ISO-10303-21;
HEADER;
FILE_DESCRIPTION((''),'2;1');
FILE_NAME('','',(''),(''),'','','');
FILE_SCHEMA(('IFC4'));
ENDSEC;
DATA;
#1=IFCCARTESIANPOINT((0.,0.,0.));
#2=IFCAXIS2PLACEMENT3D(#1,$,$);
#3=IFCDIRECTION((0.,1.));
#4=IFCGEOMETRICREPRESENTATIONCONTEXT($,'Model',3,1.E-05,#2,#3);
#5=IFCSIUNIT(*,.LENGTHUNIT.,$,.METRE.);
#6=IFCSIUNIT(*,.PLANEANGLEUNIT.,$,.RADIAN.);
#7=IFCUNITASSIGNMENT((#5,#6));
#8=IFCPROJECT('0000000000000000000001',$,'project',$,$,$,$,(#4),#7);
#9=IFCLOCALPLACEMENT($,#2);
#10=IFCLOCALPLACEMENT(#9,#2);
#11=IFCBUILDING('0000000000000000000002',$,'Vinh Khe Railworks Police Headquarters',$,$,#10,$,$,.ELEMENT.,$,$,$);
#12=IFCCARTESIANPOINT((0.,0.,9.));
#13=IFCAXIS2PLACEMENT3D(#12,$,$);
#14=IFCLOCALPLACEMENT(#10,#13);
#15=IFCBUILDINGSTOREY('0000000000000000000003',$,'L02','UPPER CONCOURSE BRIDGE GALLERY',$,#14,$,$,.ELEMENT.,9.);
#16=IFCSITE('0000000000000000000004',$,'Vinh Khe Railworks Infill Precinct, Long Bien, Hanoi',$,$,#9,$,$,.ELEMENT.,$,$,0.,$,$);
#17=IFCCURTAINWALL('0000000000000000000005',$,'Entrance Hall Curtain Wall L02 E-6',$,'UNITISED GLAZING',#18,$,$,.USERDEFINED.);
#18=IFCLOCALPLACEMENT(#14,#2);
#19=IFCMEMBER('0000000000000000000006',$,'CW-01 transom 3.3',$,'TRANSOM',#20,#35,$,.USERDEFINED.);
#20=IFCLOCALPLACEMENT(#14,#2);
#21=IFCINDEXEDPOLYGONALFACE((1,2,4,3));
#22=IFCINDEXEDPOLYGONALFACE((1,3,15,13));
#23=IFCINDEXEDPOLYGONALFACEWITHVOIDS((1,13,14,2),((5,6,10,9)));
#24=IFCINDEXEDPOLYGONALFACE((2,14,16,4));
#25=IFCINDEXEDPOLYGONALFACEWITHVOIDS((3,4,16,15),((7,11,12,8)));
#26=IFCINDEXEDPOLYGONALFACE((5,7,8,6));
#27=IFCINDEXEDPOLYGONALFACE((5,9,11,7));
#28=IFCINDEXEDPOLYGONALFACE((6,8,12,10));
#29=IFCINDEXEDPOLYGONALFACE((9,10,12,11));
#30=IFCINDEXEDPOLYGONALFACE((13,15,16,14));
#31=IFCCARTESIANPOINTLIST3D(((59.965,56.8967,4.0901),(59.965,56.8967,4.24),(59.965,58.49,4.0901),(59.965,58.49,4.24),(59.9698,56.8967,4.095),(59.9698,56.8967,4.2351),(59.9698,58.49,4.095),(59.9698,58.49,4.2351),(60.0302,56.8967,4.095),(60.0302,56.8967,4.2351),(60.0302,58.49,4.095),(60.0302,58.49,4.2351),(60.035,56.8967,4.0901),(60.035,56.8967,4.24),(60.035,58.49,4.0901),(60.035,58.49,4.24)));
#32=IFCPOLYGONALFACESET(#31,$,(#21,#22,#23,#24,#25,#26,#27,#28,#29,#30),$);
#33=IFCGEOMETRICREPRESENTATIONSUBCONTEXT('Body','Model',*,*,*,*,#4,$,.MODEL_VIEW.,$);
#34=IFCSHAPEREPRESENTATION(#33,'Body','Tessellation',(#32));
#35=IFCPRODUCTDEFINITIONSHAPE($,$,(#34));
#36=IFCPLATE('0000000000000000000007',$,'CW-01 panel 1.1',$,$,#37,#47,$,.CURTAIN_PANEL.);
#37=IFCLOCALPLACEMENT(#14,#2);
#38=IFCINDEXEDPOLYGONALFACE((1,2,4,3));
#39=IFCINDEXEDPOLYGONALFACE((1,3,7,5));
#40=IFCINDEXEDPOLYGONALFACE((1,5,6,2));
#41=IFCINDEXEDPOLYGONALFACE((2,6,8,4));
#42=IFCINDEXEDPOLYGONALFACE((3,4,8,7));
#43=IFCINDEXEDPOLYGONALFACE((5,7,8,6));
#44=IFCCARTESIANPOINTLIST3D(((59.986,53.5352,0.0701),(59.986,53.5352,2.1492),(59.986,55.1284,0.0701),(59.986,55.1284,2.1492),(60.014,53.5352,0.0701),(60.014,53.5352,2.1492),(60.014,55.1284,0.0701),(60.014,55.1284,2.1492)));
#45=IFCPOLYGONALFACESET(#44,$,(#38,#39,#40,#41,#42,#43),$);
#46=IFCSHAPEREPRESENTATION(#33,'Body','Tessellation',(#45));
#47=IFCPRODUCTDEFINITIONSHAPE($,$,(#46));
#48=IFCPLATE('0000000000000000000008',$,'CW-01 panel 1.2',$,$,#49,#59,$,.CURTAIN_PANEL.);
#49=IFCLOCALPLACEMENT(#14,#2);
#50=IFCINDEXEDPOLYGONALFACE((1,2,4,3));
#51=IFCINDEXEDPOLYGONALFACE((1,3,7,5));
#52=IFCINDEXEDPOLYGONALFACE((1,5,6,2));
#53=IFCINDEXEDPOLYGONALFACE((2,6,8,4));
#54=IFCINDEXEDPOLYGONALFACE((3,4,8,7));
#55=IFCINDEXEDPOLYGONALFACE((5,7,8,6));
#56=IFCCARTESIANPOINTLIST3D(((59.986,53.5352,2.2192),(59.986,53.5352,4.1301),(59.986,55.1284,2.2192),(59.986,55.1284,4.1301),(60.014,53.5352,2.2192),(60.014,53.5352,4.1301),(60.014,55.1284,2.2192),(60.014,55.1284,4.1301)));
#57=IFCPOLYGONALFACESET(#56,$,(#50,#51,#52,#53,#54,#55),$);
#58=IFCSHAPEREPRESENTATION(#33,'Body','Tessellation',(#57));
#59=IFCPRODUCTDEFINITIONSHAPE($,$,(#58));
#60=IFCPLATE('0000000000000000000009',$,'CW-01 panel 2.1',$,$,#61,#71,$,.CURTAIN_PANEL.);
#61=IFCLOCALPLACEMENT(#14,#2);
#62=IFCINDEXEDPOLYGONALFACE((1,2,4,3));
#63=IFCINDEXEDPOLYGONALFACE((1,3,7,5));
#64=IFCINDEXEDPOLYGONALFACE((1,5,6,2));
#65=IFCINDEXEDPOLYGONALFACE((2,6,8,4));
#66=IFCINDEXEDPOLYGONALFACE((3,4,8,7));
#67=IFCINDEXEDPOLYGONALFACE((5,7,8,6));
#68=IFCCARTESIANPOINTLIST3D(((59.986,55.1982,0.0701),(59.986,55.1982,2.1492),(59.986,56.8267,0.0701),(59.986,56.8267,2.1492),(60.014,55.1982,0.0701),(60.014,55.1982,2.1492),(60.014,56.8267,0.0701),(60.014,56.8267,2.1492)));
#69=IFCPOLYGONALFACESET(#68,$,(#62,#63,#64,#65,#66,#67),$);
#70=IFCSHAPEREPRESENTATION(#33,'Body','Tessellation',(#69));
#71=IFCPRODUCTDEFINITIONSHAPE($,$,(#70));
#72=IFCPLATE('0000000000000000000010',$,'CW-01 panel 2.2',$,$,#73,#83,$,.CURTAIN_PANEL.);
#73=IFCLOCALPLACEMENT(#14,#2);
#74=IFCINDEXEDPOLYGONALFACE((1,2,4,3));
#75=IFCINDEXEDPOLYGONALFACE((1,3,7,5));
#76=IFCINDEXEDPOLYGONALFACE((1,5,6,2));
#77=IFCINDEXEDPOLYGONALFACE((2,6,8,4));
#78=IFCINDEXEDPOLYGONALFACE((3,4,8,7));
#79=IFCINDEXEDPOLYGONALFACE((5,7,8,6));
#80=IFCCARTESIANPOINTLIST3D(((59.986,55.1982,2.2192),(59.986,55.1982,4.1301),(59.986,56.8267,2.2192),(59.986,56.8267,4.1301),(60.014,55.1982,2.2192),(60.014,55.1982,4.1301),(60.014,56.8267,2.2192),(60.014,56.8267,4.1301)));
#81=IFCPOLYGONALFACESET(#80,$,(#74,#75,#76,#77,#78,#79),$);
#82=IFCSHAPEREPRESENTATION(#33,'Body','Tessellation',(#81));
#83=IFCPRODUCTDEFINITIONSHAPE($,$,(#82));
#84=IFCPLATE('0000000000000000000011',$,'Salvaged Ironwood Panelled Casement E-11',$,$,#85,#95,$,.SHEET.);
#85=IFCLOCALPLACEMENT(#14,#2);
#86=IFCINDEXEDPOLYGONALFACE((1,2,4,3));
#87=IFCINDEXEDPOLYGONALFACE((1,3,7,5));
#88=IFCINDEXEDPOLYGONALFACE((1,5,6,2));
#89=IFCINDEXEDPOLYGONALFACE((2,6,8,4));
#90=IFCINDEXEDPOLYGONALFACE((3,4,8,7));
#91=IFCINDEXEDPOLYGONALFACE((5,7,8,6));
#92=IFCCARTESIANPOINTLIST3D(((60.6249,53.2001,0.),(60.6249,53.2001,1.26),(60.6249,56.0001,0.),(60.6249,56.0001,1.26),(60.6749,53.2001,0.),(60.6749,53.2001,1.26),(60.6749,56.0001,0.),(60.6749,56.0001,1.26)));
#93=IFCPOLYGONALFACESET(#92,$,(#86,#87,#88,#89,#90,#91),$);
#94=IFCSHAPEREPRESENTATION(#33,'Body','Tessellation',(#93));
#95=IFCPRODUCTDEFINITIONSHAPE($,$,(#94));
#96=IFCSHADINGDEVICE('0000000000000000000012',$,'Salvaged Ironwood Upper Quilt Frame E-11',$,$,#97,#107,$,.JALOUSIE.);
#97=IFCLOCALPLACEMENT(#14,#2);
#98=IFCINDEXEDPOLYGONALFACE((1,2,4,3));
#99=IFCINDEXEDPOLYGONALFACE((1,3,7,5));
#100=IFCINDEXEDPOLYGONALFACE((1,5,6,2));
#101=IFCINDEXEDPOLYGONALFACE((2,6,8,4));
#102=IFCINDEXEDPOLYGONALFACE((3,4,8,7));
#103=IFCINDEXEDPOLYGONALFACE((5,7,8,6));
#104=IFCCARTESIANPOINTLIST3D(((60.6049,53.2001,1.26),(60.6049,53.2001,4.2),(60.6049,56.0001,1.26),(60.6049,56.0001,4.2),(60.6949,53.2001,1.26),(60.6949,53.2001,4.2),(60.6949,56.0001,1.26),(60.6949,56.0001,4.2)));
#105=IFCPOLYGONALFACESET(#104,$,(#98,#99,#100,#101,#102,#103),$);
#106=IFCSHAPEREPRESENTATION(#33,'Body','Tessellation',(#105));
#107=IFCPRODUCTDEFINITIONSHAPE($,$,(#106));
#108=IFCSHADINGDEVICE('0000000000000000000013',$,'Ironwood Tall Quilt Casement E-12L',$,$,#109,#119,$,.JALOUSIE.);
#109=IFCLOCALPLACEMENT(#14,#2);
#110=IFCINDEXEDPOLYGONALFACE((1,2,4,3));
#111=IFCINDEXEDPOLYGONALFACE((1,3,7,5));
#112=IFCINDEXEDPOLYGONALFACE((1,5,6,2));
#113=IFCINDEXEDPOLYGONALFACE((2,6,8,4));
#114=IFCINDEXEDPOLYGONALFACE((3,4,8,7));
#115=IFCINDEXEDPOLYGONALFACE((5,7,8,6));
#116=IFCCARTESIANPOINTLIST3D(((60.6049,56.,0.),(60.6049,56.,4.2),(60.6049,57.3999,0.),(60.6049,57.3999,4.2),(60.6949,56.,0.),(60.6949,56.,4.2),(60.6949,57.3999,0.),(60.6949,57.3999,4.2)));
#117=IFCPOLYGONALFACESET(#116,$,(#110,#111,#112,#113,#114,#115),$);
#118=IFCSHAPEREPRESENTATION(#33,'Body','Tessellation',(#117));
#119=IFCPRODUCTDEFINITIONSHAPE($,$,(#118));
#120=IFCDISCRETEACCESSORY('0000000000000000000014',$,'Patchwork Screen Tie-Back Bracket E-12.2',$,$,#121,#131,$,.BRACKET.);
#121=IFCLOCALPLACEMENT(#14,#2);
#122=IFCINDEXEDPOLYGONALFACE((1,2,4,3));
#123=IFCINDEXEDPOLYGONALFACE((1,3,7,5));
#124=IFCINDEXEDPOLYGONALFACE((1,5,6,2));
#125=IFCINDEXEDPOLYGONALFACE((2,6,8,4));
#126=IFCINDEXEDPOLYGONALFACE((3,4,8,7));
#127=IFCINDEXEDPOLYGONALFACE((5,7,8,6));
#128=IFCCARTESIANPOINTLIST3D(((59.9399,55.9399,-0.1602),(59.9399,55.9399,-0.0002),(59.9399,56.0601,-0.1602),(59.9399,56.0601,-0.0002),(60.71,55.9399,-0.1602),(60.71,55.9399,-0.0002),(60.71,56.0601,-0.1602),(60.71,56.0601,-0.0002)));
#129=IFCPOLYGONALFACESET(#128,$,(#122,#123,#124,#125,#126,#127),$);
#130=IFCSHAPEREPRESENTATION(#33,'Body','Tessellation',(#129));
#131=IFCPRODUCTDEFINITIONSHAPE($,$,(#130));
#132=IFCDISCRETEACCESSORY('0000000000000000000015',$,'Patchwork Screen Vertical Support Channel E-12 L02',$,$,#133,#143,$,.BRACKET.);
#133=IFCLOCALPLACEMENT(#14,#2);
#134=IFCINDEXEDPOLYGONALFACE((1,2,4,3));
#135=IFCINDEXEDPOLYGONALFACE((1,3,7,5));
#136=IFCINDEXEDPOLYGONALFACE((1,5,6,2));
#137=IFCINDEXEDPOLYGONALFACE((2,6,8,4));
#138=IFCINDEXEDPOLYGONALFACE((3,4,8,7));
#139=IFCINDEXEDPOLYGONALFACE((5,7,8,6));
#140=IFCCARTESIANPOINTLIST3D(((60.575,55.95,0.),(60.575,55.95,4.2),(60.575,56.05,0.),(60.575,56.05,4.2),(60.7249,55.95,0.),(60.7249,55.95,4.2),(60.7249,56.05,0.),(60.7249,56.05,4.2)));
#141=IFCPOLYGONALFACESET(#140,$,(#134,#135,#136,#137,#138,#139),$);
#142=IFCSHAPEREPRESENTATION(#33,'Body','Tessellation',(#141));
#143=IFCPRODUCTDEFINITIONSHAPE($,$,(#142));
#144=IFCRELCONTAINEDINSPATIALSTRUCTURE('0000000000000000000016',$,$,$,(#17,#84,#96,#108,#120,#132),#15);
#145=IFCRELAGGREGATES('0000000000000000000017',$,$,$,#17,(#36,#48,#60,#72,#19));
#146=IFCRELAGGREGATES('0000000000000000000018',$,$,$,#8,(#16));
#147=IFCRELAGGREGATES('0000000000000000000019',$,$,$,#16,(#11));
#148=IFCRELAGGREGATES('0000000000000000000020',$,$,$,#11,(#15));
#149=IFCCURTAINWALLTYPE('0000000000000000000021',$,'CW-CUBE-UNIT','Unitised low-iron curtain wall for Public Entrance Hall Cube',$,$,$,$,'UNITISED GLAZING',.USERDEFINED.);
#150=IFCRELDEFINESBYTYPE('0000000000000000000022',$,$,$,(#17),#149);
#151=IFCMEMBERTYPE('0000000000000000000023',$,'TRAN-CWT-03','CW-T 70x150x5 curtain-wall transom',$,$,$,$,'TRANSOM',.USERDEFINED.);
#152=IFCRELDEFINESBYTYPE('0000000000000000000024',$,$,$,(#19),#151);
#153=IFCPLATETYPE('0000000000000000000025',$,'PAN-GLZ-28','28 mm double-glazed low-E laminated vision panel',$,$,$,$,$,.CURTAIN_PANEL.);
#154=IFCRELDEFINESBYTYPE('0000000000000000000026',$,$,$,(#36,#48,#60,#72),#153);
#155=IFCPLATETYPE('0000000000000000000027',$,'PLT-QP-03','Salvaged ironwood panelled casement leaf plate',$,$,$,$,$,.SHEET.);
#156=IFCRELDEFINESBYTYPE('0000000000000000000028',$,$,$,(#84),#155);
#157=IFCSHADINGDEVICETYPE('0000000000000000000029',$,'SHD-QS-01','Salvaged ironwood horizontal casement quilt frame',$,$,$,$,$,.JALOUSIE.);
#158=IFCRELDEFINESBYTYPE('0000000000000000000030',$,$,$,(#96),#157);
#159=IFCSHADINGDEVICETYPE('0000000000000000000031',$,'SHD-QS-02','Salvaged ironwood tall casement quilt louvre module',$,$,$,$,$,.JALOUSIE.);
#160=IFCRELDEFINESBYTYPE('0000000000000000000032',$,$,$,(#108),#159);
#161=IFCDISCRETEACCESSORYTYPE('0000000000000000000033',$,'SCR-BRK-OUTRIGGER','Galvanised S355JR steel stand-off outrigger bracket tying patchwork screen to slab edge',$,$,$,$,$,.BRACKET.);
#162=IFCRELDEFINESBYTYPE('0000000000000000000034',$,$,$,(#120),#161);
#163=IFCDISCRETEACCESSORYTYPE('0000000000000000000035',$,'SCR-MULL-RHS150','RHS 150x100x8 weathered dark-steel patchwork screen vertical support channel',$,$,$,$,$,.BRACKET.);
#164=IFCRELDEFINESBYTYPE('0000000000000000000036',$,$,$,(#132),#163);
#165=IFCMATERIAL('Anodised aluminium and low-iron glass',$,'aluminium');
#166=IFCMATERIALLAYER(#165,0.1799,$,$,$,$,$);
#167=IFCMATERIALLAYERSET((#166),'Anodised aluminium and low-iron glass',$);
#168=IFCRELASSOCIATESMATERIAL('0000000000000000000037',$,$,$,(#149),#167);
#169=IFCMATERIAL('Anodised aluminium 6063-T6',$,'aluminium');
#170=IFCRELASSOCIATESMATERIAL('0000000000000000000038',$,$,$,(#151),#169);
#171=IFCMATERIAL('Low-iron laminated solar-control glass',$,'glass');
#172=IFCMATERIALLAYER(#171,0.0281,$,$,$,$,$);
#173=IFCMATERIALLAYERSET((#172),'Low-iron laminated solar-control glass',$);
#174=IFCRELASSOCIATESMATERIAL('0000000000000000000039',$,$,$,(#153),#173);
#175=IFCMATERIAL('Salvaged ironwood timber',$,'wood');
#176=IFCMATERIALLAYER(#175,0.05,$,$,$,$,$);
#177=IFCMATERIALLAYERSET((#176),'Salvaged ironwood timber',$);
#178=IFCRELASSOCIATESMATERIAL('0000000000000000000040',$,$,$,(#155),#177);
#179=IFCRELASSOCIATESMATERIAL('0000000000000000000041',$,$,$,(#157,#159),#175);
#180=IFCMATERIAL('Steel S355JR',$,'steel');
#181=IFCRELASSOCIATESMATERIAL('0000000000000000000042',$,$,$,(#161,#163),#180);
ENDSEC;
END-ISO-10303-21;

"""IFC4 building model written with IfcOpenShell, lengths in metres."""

from ifc_helpers import new_model, si_unit, direction, frame, origin, origin_2d, place, context, subcontext, project, spatial, rectangle, hollow_rectangle, extrude, material, layer, layer_set, material_profile, profile_set, type_object, element, aggregate, save


model = new_model("IFC4")

# Units and contexts
model_context = context("Model", 3, precision=1e-05, world=origin(), true_north=direction((0.0, 1.0)))
body_context = subcontext(model_context, "Body", "Model", "MODEL_VIEW")
ifc_project = project(units=[si_unit("LENGTHUNIT", "METRE"), si_unit("PLANEANGLEUNIT", "RADIAN")], contexts=[model_context])

# Site, building, storey
site_placement = place(None, origin())
site = spatial("IfcSite", under=ifc_project, at=site_placement, Name="Vinh Khe Railworks Infill Precinct, Long Bien, Hanoi", CompositionType="ELEMENT", RefElevation=0.0)
building_placement = place(site_placement, origin())
building = spatial("IfcBuilding", under=site, at=building_placement, Name="Vinh Khe Railworks Police Headquarters", CompositionType="ELEMENT")
storey_placement = place(building_placement, frame((0.0, 0.0, 9.0)))
storey = spatial("IfcBuildingStorey", under=building, at=storey_placement, Name="L02", Description="UPPER CONCOURSE BRIDGE GALLERY", CompositionType="ELEMENT", Elevation=9.0)

# Shared definitions
ifc_material_1 = material(Name="Steel S355JR", Category="steel")

# Shared definitions
ifc_material_2 = material(Name="Salvaged ironwood timber", Category="wood")

# Curtain wall, member, plates
ifc_material_3 = material(Name="Anodised aluminium and low-iron glass", Category="aluminium")
ifc_layer_1 = layer(ifc_material_3, 0.1799)
ifc_layer_set_1 = layer_set([ifc_layer_1], Name="Anodised aluminium and low-iron glass")
curtain_wall_type = type_object("IfcCurtainWallType", Name="CW-CUBE-UNIT", Description="Unitised low-iron curtain wall for Public Entrance Hall Cube", ElementType="UNITISED GLAZING", PredefinedType="USERDEFINED", material=ifc_layer_set_1)
curtain_wall_placement = place(storey_placement, origin())
curtain_wall = element("IfcCurtainWall", 1, at=curtain_wall_placement, inside=storey, type_object=curtain_wall_type, Name="Entrance Hall Curtain Wall L02 E-6", ObjectType="UNITISED GLAZING", PredefinedType="USERDEFINED")
ifc_material_4 = material(Name="Anodised aluminium 6063-T6", Category="aluminium")
ifc_material_profile_1 = material_profile(ifc_material_4, hollow_rectangle(XDim=0.0701, YDim=0.1499, WallThickness=0.0049, at=origin_2d()), Name="CW-T 70x150x5")
ifc_profile_set_1 = profile_set([ifc_material_profile_1], Name="Anodised aluminium 6063-T6")
member_type_1 = type_object("IfcMemberType", Name="TRAN-CWT-03", Description="CW-T 70x150x5 curtain-wall transom", ElementType="TRANSOM", PredefinedType="USERDEFINED", material=ifc_profile_set_1)
member_1_placement = place(storey_placement, frame((60.0, 56.8967, 4.165), z_axis=(0.0, 1.0, 0.0), x_axis=(-1.0, 0.0, 0.0)))
member_1 = element("IfcMember", 2, at=member_1_placement, type_object=member_type_1, Name="CW-01 transom 3.3", ObjectType="TRANSOM", PredefinedType="USERDEFINED", context=body_context, shape_type="SweptSolid", body=[
    extrude(hollow_rectangle(XDim=0.0701, YDim=0.1499, WallThickness=0.0049, at=origin_2d()), origin(), (0.0, 0.0, 1.0), 1.5933),
])
ifc_material_5 = material(Name="Low-iron laminated solar-control glass", Category="glass")
ifc_layer_2 = layer(ifc_material_5, 0.0281)
ifc_layer_set_2 = layer_set([ifc_layer_2], Name="Low-iron laminated solar-control glass")
plate_type_1 = type_object("IfcPlateType", Name="PAN-GLZ-28", Description="28 mm double-glazed low-E laminated vision panel", PredefinedType="CURTAIN_PANEL", material=ifc_layer_set_2)
plate_1_placement = place(storey_placement, frame((60.0, 54.3318, 0.0701), z_axis=(0.0, 0.0, 1.0), x_axis=(0.0, 1.0, 0.0)))
plate_1 = element("IfcPlate", 3, at=plate_1_placement, type_object=plate_type_1, Name="CW-01 panel 1.1", PredefinedType="CURTAIN_PANEL", context=body_context, shape_type="SweptSolid", body=[
    extrude(rectangle(XDim=1.5933, YDim=0.0281, at=origin_2d()), origin(), (0.0, 0.0, 1.0), 2.0791),
])
plate_2_placement = place(storey_placement, frame((60.0, 54.3318, 2.2192), z_axis=(0.0, 0.0, 1.0), x_axis=(0.0, 1.0, 0.0)))
plate_2 = element("IfcPlate", 4, at=plate_2_placement, type_object=plate_type_1, Name="CW-01 panel 1.2", PredefinedType="CURTAIN_PANEL", context=body_context, shape_type="SweptSolid", body=[
    extrude(rectangle(XDim=1.5933, YDim=0.0281, at=origin_2d()), origin(), (0.0, 0.0, 1.0), 1.9109),
])
plate_3_placement = place(storey_placement, frame((60.0, 56.0125, 0.0701), z_axis=(0.0, 0.0, 1.0), x_axis=(0.0, 1.0, 0.0)))
plate_3 = element("IfcPlate", 5, at=plate_3_placement, type_object=plate_type_1, Name="CW-01 panel 2.1", PredefinedType="CURTAIN_PANEL", context=body_context, shape_type="SweptSolid", body=[
    extrude(rectangle(XDim=1.6284, YDim=0.0281, at=origin_2d()), origin(), (0.0, 0.0, 1.0), 2.0791),
])
plate_4_placement = place(storey_placement, frame((60.0, 56.0125, 2.2192), z_axis=(0.0, 0.0, 1.0), x_axis=(0.0, 1.0, 0.0)))
plate_4 = element("IfcPlate", 6, at=plate_4_placement, type_object=plate_type_1, Name="CW-01 panel 2.2", PredefinedType="CURTAIN_PANEL", context=body_context, shape_type="SweptSolid", body=[
    extrude(rectangle(XDim=1.6284, YDim=0.0281, at=origin_2d()), origin(), (0.0, 0.0, 1.0), 1.9109),
])
aggregate(curtain_wall, [plate_1, plate_2, plate_3, plate_4, member_1])

# Plate
ifc_layer_3 = layer(ifc_material_2, 0.05)
ifc_layer_set_3 = layer_set([ifc_layer_3], Name="Salvaged ironwood timber")
plate_type_2 = type_object("IfcPlateType", Name="PLT-QP-03", Description="Salvaged ironwood panelled casement leaf plate", PredefinedType="SHEET", material=ifc_layer_set_3)
plate_5_placement = place(storey_placement, frame((60.6499, 54.6001, 0.0), z_axis=(0.0, 0.0, 1.0), x_axis=(0.0, 1.0, 0.0)))
element("IfcPlate", 7, at=plate_5_placement, inside=storey, type_object=plate_type_2, Name="Salvaged Ironwood Panelled Casement E-11", PredefinedType="SHEET", context=body_context, shape_type="SweptSolid", body=[
    extrude(rectangle(XDim=2.8, YDim=0.05, at=origin_2d()), origin(), (0.0, 0.0, 1.0), 1.26),
])

# Shading devices
shading_device_type_1 = type_object("IfcShadingDeviceType", Name="SHD-QS-01", Description="Salvaged ironwood horizontal casement quilt frame", PredefinedType="JALOUSIE", material=ifc_material_2)
shading_device_1_placement = place(storey_placement, frame((60.6499, 54.6001, 1.26), z_axis=(0.0, 0.0, 1.0), x_axis=(0.0, 1.0, 0.0)))
element("IfcShadingDevice", 8, at=shading_device_1_placement, inside=storey, type_object=shading_device_type_1, Name="Salvaged Ironwood Upper Quilt Frame E-11", PredefinedType="JALOUSIE", context=body_context, shape_type="SweptSolid", body=[
    extrude(rectangle(XDim=2.8, YDim=0.0901, at=origin_2d()), origin(), (0.0, 0.0, 1.0), 2.9399),
])
shading_device_type_2 = type_object("IfcShadingDeviceType", Name="SHD-QS-02", Description="Salvaged ironwood tall casement quilt louvre module", PredefinedType="JALOUSIE", material=ifc_material_2)
shading_device_2_placement = place(storey_placement, frame((60.6499, 56.7, 0.0), z_axis=(0.0, 0.0, 1.0), x_axis=(0.0, 1.0, 0.0)))
element("IfcShadingDevice", 9, at=shading_device_2_placement, inside=storey, type_object=shading_device_type_2, Name="Ironwood Tall Quilt Casement E-12L", PredefinedType="JALOUSIE", context=body_context, shape_type="SweptSolid", body=[
    extrude(rectangle(XDim=1.3999, YDim=0.0901, at=origin_2d()), origin(), (0.0, 0.0, 1.0), 4.2),
])

# Discrete accessories
discrete_accessory_type_1 = type_object("IfcDiscreteAccessoryType", Name="SCR-BRK-OUTRIGGER", Description="Galvanised S355JR steel stand-off outrigger bracket tying patchwork screen to slab edge", PredefinedType="BRACKET", material=ifc_material_1)
discrete_accessory_1_placement = place(storey_placement, frame((60.325, 56.0, -0.1602), z_axis=(0.0, 0.0, 1.0), x_axis=(1.0, 0.0, 0.0)))
element("IfcDiscreteAccessory", 10, at=discrete_accessory_1_placement, inside=storey, type_object=discrete_accessory_type_1, Name="Patchwork Screen Tie-Back Bracket E-12.2", PredefinedType="BRACKET", context=body_context, shape_type="SweptSolid", body=[
    extrude(rectangle(XDim=0.77, YDim=0.1201, at=origin_2d()), origin(), (0.0, 0.0, 1.0), 0.1599),
])
discrete_accessory_type_2 = type_object("IfcDiscreteAccessoryType", Name="SCR-MULL-RHS150", Description="RHS 150x100x8 weathered dark-steel patchwork screen vertical support channel", PredefinedType="BRACKET", material=ifc_material_1)
discrete_accessory_2_placement = place(storey_placement, frame((60.6499, 56.0, 0.0), z_axis=(0.0, 0.0, 1.0), x_axis=(1.0, 0.0, 0.0)))
element("IfcDiscreteAccessory", 11, at=discrete_accessory_2_placement, inside=storey, type_object=discrete_accessory_type_2, Name="Patchwork Screen Vertical Support Channel E-12 L02", PredefinedType="BRACKET", context=body_context, shape_type="SweptSolid", body=[
    extrude(rectangle(XDim=0.1499, YDim=0.1001, at=origin_2d()), origin(), (0.0, 0.0, 1.0), 4.2),
])

save(model, "model.ifc")
